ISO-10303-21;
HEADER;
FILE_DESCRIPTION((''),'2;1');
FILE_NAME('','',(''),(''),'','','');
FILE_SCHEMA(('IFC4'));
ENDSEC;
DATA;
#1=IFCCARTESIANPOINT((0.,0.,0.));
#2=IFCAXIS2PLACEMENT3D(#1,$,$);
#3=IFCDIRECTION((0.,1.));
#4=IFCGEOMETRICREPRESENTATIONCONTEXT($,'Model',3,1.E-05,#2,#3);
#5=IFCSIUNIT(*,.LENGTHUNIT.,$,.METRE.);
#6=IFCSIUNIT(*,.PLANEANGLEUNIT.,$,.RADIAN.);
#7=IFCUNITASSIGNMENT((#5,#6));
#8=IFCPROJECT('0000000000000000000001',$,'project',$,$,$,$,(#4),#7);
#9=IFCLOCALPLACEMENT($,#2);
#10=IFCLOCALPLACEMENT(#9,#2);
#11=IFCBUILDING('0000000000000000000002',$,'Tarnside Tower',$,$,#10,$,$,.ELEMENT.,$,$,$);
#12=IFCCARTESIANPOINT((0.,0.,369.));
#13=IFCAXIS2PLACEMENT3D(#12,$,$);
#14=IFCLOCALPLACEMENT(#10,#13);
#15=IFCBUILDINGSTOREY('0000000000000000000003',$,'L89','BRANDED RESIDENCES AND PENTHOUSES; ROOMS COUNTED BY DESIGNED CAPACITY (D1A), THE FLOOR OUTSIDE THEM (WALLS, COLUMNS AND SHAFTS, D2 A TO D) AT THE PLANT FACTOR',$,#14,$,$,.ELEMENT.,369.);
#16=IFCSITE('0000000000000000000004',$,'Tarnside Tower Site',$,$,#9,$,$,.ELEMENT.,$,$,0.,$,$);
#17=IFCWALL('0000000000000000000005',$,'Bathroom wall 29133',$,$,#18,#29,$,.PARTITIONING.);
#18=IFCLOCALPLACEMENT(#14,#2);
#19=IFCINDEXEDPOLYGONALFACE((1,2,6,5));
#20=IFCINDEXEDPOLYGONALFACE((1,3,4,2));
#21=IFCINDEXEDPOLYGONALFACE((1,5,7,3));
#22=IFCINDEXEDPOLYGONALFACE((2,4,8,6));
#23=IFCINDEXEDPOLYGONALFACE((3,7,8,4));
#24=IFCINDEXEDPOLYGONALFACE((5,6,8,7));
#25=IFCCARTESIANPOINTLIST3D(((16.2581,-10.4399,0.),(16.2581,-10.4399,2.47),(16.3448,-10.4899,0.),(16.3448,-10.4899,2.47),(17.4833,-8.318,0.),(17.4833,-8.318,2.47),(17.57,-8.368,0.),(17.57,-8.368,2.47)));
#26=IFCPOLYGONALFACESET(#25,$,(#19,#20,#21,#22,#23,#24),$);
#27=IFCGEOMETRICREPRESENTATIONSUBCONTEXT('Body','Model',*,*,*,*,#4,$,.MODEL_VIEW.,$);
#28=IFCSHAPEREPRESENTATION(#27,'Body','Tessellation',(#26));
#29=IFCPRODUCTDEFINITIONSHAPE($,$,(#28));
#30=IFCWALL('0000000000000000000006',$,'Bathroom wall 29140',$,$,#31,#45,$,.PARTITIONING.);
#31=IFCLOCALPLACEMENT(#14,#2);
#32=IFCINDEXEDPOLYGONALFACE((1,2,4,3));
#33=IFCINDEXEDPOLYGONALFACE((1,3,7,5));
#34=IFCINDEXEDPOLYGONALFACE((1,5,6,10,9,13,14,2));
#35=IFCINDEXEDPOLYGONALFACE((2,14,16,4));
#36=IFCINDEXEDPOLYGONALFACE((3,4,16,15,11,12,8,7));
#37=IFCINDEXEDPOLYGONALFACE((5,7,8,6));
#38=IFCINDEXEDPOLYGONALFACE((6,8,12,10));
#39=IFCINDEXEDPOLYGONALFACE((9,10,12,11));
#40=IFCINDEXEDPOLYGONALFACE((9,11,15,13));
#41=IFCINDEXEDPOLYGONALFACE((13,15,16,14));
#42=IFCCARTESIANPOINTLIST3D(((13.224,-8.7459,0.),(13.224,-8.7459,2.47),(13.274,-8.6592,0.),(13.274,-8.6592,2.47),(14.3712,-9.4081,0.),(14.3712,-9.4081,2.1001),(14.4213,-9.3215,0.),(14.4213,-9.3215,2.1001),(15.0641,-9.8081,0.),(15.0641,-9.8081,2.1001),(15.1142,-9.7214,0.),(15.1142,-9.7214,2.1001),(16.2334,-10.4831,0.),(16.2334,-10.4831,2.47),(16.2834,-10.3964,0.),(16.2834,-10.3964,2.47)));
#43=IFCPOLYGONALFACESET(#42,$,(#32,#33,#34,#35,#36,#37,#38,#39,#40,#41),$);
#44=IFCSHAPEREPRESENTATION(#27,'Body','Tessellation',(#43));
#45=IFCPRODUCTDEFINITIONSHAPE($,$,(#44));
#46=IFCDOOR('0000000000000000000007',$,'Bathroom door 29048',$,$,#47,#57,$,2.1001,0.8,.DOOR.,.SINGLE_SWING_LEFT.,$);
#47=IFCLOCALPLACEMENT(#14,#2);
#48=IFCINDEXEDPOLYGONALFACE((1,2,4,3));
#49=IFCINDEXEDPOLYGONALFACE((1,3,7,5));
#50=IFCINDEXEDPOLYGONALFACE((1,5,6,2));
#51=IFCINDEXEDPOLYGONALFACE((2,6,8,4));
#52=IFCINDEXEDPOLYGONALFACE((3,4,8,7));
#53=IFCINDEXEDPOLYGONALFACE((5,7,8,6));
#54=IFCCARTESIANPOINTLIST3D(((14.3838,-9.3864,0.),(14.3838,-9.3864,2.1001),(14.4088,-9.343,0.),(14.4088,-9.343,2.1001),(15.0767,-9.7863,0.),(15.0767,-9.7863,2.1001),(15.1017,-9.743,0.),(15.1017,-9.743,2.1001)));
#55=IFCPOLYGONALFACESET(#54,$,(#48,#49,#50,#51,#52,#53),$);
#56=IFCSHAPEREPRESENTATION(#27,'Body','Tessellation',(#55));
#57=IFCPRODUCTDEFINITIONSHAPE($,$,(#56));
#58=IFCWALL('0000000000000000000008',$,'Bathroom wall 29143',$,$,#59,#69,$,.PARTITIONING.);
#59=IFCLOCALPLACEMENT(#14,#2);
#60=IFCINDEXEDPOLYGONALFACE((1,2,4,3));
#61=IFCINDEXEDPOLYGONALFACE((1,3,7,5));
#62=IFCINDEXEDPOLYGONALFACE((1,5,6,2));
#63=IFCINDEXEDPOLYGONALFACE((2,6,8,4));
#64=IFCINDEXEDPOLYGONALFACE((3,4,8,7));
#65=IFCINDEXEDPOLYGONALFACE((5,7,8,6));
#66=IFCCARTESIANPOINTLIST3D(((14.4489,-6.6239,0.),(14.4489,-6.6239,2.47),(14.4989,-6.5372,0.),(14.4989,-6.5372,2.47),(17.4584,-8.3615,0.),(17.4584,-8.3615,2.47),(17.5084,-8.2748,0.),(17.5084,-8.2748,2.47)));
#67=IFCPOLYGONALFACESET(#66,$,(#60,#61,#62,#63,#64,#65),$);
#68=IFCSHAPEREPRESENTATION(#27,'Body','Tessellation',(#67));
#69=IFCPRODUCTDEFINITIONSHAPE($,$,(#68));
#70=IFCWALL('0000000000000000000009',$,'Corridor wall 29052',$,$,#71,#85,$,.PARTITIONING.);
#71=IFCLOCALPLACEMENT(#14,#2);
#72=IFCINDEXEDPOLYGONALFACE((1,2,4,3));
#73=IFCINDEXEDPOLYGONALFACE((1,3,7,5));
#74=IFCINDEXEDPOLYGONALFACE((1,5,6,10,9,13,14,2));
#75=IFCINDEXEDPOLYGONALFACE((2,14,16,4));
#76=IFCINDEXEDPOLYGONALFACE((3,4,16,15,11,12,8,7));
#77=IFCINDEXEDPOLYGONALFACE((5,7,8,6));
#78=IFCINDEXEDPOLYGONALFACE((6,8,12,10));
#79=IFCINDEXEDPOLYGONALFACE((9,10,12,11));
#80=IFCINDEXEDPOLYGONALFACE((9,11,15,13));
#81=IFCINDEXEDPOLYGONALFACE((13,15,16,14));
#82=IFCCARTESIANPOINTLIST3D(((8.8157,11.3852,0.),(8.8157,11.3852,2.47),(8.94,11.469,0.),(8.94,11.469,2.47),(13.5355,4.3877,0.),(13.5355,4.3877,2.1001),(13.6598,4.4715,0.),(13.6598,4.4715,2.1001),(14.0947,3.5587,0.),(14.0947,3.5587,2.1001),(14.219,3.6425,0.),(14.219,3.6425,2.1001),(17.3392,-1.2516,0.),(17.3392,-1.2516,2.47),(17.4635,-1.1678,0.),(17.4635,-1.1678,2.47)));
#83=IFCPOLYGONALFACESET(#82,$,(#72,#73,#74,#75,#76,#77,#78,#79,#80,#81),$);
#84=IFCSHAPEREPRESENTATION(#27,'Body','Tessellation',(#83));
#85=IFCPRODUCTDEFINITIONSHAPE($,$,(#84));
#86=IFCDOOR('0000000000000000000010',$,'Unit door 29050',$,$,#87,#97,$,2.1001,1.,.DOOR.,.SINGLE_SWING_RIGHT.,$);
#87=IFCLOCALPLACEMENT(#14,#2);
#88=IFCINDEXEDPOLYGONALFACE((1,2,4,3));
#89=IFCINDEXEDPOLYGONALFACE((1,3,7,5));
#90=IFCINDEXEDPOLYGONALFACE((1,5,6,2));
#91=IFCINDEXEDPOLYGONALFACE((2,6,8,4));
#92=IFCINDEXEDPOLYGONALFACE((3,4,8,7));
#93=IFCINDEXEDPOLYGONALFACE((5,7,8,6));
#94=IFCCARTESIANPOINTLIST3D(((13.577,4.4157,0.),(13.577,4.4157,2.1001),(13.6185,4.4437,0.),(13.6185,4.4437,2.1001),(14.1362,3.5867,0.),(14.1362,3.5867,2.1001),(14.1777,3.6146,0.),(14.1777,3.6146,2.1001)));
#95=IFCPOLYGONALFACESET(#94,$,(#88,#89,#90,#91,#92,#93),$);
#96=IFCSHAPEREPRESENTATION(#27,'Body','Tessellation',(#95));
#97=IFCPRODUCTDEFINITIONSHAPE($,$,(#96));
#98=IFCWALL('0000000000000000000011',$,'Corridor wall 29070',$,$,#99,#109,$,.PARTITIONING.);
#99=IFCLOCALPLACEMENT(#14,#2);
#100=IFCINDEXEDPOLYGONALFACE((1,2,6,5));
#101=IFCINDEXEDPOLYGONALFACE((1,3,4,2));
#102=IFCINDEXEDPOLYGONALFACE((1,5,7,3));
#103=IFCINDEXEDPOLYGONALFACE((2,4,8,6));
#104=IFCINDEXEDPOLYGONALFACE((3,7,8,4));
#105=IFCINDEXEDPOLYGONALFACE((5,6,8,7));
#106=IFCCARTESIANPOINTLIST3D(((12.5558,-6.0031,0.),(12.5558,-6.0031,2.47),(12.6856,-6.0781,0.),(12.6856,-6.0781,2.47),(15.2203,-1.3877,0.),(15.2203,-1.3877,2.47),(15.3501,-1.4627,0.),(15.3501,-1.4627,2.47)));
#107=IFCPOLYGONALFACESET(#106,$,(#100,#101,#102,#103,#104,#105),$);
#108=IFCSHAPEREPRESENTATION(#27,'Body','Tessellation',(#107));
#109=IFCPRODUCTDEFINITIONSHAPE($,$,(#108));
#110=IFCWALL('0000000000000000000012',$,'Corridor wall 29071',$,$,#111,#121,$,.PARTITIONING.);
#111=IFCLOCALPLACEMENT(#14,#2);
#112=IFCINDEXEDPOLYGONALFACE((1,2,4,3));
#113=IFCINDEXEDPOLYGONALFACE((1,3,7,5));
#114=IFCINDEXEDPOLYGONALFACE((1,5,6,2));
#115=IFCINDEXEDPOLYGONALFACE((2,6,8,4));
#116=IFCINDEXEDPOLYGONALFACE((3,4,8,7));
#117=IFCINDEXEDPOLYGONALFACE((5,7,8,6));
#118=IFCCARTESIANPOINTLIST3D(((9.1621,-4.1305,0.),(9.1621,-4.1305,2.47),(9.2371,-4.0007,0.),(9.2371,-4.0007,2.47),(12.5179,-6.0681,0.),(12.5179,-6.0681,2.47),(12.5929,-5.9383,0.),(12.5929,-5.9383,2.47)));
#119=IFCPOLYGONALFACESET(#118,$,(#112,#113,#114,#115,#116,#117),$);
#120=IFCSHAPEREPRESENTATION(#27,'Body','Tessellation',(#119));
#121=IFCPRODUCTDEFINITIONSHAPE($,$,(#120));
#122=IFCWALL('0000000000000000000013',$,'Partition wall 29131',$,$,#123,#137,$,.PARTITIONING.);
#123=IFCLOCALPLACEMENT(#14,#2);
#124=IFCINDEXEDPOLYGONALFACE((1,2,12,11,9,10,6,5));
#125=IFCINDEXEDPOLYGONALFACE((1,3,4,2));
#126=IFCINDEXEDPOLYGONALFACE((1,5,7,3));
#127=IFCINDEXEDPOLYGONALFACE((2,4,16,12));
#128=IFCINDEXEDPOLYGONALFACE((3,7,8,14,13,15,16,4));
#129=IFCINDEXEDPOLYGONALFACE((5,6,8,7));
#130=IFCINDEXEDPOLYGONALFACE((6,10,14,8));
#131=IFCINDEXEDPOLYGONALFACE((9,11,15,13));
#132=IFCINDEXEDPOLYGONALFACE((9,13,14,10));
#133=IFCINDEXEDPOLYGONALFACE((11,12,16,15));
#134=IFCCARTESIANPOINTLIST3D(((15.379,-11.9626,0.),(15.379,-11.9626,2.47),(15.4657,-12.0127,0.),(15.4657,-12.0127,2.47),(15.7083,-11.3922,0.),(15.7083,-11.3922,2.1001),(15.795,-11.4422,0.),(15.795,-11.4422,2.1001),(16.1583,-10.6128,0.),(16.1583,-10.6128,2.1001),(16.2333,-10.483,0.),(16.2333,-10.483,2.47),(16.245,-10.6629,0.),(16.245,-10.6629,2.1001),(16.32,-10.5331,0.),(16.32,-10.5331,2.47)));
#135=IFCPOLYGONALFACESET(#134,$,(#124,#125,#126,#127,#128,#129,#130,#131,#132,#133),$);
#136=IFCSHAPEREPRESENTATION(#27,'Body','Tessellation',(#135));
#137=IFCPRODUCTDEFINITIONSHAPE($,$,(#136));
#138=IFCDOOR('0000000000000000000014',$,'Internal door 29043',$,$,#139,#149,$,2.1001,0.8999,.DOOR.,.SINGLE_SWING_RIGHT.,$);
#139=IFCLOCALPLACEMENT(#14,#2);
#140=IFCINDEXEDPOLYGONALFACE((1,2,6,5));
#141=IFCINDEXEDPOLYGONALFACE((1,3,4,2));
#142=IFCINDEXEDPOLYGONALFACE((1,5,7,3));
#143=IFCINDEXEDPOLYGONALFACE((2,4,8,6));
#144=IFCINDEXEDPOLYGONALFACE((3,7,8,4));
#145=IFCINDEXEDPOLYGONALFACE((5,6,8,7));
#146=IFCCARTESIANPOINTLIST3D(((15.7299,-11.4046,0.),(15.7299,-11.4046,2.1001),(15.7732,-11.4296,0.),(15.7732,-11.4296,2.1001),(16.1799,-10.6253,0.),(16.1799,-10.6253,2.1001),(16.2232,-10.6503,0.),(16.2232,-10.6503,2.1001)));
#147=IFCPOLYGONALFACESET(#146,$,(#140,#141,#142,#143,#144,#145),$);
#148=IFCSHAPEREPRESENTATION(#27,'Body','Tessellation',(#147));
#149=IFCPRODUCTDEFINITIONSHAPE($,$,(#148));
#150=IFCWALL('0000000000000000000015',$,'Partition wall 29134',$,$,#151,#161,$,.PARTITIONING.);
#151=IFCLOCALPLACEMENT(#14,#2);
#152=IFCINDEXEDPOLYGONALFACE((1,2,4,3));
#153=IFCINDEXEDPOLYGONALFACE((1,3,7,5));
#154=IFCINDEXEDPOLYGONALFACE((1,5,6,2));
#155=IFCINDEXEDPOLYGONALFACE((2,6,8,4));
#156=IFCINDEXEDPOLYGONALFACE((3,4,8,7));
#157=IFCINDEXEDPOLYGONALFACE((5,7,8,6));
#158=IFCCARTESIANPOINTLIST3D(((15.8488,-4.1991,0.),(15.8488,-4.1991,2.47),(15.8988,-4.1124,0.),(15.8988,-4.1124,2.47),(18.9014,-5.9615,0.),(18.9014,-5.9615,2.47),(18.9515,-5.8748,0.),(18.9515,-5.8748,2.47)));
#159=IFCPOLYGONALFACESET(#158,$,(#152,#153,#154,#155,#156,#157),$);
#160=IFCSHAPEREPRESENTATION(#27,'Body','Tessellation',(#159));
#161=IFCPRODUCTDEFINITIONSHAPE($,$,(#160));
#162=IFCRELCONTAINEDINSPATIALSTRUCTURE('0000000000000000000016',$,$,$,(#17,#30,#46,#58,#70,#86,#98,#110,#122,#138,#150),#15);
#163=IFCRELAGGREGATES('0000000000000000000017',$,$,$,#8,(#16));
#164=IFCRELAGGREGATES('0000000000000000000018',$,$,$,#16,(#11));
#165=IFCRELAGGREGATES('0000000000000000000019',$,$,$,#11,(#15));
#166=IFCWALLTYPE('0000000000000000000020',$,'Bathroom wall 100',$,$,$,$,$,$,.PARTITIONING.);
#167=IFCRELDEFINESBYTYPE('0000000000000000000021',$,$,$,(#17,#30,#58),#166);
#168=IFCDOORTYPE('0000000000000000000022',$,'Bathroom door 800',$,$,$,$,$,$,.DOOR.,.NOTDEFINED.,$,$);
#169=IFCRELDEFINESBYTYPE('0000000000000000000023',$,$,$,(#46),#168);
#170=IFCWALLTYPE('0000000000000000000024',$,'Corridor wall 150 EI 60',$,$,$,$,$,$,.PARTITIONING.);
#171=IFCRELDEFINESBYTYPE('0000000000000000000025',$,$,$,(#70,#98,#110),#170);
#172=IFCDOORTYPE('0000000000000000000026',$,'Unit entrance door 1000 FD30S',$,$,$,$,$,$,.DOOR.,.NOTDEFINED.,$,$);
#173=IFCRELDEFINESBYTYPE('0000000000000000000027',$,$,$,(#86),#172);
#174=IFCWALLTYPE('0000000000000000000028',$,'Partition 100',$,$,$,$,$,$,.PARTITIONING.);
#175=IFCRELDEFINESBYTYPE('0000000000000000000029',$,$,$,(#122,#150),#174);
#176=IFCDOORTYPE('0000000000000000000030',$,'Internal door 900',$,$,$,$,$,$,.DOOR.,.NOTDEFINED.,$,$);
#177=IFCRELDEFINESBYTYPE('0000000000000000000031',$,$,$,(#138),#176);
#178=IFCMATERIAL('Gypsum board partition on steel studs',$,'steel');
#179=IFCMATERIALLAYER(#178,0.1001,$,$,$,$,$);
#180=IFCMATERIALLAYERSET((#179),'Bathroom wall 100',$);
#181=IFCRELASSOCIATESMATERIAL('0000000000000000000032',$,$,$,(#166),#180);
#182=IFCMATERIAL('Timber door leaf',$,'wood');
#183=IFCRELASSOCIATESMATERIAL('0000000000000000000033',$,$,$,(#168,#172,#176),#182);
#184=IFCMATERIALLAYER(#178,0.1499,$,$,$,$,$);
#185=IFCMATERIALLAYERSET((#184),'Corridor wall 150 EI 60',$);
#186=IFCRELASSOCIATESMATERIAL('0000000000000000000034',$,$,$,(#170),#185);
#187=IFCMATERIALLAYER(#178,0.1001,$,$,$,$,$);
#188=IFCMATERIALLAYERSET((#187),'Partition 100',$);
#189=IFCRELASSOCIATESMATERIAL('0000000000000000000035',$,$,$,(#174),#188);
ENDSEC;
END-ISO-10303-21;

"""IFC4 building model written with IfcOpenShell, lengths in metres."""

from ifc_helpers import new_model, si_unit, direction, frame, frame_2d, origin, place, context, subcontext, project, spatial, rectangle, extrude, material, layer, layer_set, type_object, element, fill, save


model = new_model("IFC4")

# Units and contexts
model_context = context("Model", 3, precision=1e-05, world=origin(), true_north=direction((0.0, 1.0)))
body_context = subcontext(model_context, "Body", "Model", "MODEL_VIEW")
ifc_project = project(units=[si_unit("LENGTHUNIT", "METRE"), si_unit("PLANEANGLEUNIT", "RADIAN")], contexts=[model_context])

# Site, building, storey
site_placement = place(None, origin())
site = spatial("IfcSite", under=ifc_project, at=site_placement, Name="Tarnside Tower Site", CompositionType="ELEMENT", RefElevation=0.0)
building_placement = place(site_placement, origin())
building = spatial("IfcBuilding", under=site, at=building_placement, Name="Tarnside Tower", CompositionType="ELEMENT")
storey_placement = place(building_placement, frame((0.0, 0.0, 369.0)))
storey = spatial("IfcBuildingStorey", under=building, at=storey_placement, Name="L89", Description="BRANDED RESIDENCES AND PENTHOUSES; ROOMS COUNTED BY DESIGNED CAPACITY (D1A), THE FLOOR OUTSIDE THEM (WALLS, COLUMNS AND SHAFTS, D2 A TO D) AT THE PLANT FACTOR", CompositionType="ELEMENT", Elevation=369.0)

# Wall
ifc_material_1 = material(Name="Gypsum board partition on steel studs", Category="steel")
ifc_layer_1 = layer(ifc_material_1, 0.1001)
ifc_layer_set_1 = layer_set([ifc_layer_1], Name="Bathroom wall 100")
wall_type_1 = type_object("IfcWallType", Name="Bathroom wall 100", PredefinedType="PARTITIONING", material=ifc_layer_set_1)
wall_1_placement = place(storey_placement, frame((17.5266, -8.343, 0.0), z_axis=(0.0, 0.0, 1.0), x_axis=(-0.500019, -0.866015, 0.0)))
element("IfcWall", 1, at=wall_1_placement, inside=storey, type_object=wall_type_1, Name="Bathroom wall 29133", PredefinedType="PARTITIONING", context=body_context, shape_type="SweptSolid", body=[
    extrude(rectangle(XDim=2.4502, YDim=0.1001, at=frame_2d((1.2251, 0.0))), origin(), (0.0, 0.0, 1.0), 2.47),
])

# Wall, opening, door
wall_2_placement = place(storey_placement, frame((16.2583, -10.4397, 0.0), z_axis=(0.0, 0.0, 1.0), x_axis=(-0.866056, 0.499947, 0.0)))
wall_2 = element("IfcWall", 2, at=wall_2_placement, inside=storey, type_object=wall_type_1, Name="Bathroom wall 29140", PredefinedType="PARTITIONING", context=body_context, shape_type="SweptSolid", body=[
    extrude(rectangle(XDim=3.4749, YDim=0.1001, at=frame_2d((1.7373, 0.0))), origin(), (0.0, 0.0, 1.0), 2.47),
])
opening_1_placement = place(wall_2_placement, frame((1.3501, 0.0, 0.0)))
opening_1 = element("IfcOpeningElement", 3, at=opening_1_placement, cuts=wall_2, PredefinedType="OPENING", context=body_context, shape_type="SweptSolid", body=[
    extrude(rectangle(XDim=0.8, YDim=2.1001, at=frame_2d((0.3999, 1.05))), frame((0.0, 0.0601, 0.0), z_axis=(0.0, -1.0, 0.0), x_axis=(1.0, 0.0, 0.0)), (0.0, 0.0, 1.0), 0.1201),
])
ifc_material_2 = material(Name="Timber door leaf", Category="wood")
door_type_1 = type_object("IfcDoorType", Name="Bathroom door 800", OperationType="NOTDEFINED", PredefinedType="DOOR", material=ifc_material_2)
door_1_placement = place(opening_1_placement, origin())
door_1 = element("IfcDoor", 4, at=door_1_placement, inside=storey, type_object=door_type_1, Name="Bathroom door 29048", OperationType="SINGLE_SWING_LEFT", OverallHeight=2.1001, OverallWidth=0.8, PredefinedType="DOOR", context=body_context, shape_type="SweptSolid", body=[
    extrude(rectangle(XDim=0.8, YDim=2.1001, at=frame_2d((0.3999, 1.05))), frame((0.0, 0.0249, 0.0), z_axis=(0.0, -1.0, 0.0), x_axis=(1.0, 0.0, 0.0)), (0.0, 0.0, 1.0), 0.05),
])
fill(opening_1, door_1)

# Wall
wall_3_placement = place(storey_placement, frame((17.4834, -8.3181, 0.0), z_axis=(0.0, 0.0, 1.0), x_axis=(-0.866025, 0.5, 0.0)))
element("IfcWall", 5, at=wall_3_placement, inside=storey, type_object=wall_type_1, Name="Bathroom wall 29143", PredefinedType="PARTITIONING", context=body_context, shape_type="SweptSolid", body=[
    extrude(rectangle(XDim=3.4751, YDim=0.1001, at=frame_2d((1.7375, 0.0))), origin(), (0.0, 0.0, 1.0), 2.47),
])

# Wall, opening, door
ifc_layer_2 = layer(ifc_material_1, 0.1499)
ifc_layer_set_2 = layer_set([ifc_layer_2], Name="Corridor wall 150 EI 60")
wall_type_2 = type_object("IfcWallType", Name="Corridor wall 150 EI 60", PredefinedType="PARTITIONING", material=ifc_layer_set_2)
wall_4_placement = place(storey_placement, frame((17.4014, -1.2097, 0.0), z_axis=(0.0, 0.0, 1.0), x_axis=(-0.559187, 0.829042, 0.0)))
wall_4 = element("IfcWall", 6, at=wall_4_placement, inside=storey, type_object=wall_type_2, Name="Corridor wall 29052", PredefinedType="PARTITIONING", context=body_context, shape_type="SweptSolid", body=[
    extrude(rectangle(XDim=15.2427, YDim=0.1499, at=frame_2d((7.6213, 0.0))), origin(), (0.0, 0.0, 1.0), 2.47),
])
opening_2_placement = place(wall_4_placement, frame((5.8022, 0.0, 0.0)))
opening_2 = element("IfcOpeningElement", 7, at=opening_2_placement, cuts=wall_4, PredefinedType="OPENING", context=body_context, shape_type="SweptSolid", body=[
    extrude(rectangle(XDim=1.0, YDim=2.1001, at=frame_2d((0.5, 1.05))), frame((0.0, 0.085, 0.0), z_axis=(0.0, -1.0, 0.0), x_axis=(1.0, 0.0, 0.0)), (0.0, 0.0, 1.0), 0.1699),
])
door_type_2 = type_object("IfcDoorType", Name="Unit entrance door 1000 FD30S", OperationType="NOTDEFINED", PredefinedType="DOOR", material=ifc_material_2)
door_2_placement = place(opening_2_placement, origin())
door_2 = element("IfcDoor", 8, at=door_2_placement, inside=storey, type_object=door_type_2, Name="Unit door 29050", OperationType="SINGLE_SWING_RIGHT", OverallHeight=2.1001, OverallWidth=1.0, PredefinedType="DOOR", context=body_context, shape_type="SweptSolid", body=[
    extrude(rectangle(XDim=1.0, YDim=2.1001, at=frame_2d((0.5, 1.05))), frame((0.0, 0.0249, 0.0), z_axis=(0.0, -1.0, 0.0), x_axis=(1.0, 0.0, 0.0)), (0.0, 0.0, 1.0), 0.05),
])
fill(opening_2, door_2)

# Walls
wall_5_placement = place(storey_placement, frame((15.2852, -1.4253, 0.0), z_axis=(0.0, 0.0, 1.0), x_axis=(-0.499972, -0.866041, 0.0)))
element("IfcWall", 9, at=wall_5_placement, inside=storey, type_object=wall_type_2, Name="Corridor wall 29070", PredefinedType="PARTITIONING", context=body_context, shape_type="SweptSolid", body=[
    extrude(rectangle(XDim=5.3293, YDim=0.1499, at=frame_2d((2.6646, 0.0))), origin(), (0.0, 0.0, 1.0), 2.47),
])
wall_6_placement = place(storey_placement, frame((12.5554, -6.0032, 0.0), z_axis=(0.0, 0.0, 1.0), x_axis=(-0.866017, 0.500015, 0.0)))
element("IfcWall", 10, at=wall_6_placement, inside=storey, type_object=wall_type_2, Name="Corridor wall 29071", PredefinedType="PARTITIONING", context=body_context, shape_type="SweptSolid", body=[
    extrude(rectangle(XDim=3.875, YDim=0.1499, at=frame_2d((1.9375, 0.0))), origin(), (0.0, 0.0, 1.0), 2.47),
])

# Wall, opening, door
ifc_layer_3 = layer(ifc_material_1, 0.1001)
ifc_layer_set_3 = layer_set([ifc_layer_3], Name="Partition 100")
wall_type_3 = type_object("IfcWallType", Name="Partition 100", PredefinedType="PARTITIONING", material=ifc_layer_set_3)
wall_7_placement = place(storey_placement, frame((16.2766, -10.5081, 0.0), z_axis=(0.0, 0.0, 1.0), x_axis=(-0.500028, -0.866009, 0.0)))
wall_7 = element("IfcWall", 11, at=wall_7_placement, inside=storey, type_object=wall_type_3, Name="Partition wall 29131", PredefinedType="PARTITIONING", context=body_context, shape_type="SweptSolid", body=[
    extrude(rectangle(XDim=1.7085, YDim=0.1001, at=frame_2d((0.8542, 0.0))), origin(), (0.0, 0.0, 1.0), 2.47),
])
opening_3_placement = place(wall_7_placement, frame((0.1499, 0.0, 0.0)))
opening_3 = element("IfcOpeningElement", 12, at=opening_3_placement, cuts=wall_7, PredefinedType="OPENING", context=body_context, shape_type="SweptSolid", body=[
    extrude(rectangle(XDim=0.8999, YDim=2.1001, at=frame_2d((0.45, 1.05))), frame((0.0, 0.0601, 0.0), z_axis=(0.0, -1.0, 0.0), x_axis=(1.0, 0.0, 0.0)), (0.0, 0.0, 1.0), 0.1201),
])
door_type_3 = type_object("IfcDoorType", Name="Internal door 900", OperationType="NOTDEFINED", PredefinedType="DOOR", material=ifc_material_2)
door_3_placement = place(opening_3_placement, origin())
door_3 = element("IfcDoor", 13, at=door_3_placement, inside=storey, type_object=door_type_3, Name="Internal door 29043", OperationType="SINGLE_SWING_RIGHT", OverallHeight=2.1001, OverallWidth=0.8999, PredefinedType="DOOR", context=body_context, shape_type="SweptSolid", body=[
    extrude(rectangle(XDim=0.8999, YDim=2.1001, at=frame_2d((0.45, 1.05))), frame((0.0, 0.0249, 0.0), z_axis=(0.0, -1.0, 0.0), x_axis=(1.0, 0.0, 0.0)), (0.0, 0.0, 1.0), 0.05),
])
fill(opening_3, door_3)

# Wall
wall_8_placement = place(storey_placement, frame((15.8738, -4.1558, 0.0), z_axis=(0.0, 0.0, 1.0), x_axis=(0.866031, -0.49999, 0.0)))
element("IfcWall", 14, at=wall_8_placement, inside=storey, type_object=wall_type_3, Name="Partition wall 29134", PredefinedType="PARTITIONING", context=body_context, shape_type="SweptSolid", body=[
    extrude(rectangle(XDim=3.5249, YDim=0.1001, at=frame_2d((1.7625, 0.0))), origin(), (0.0, 0.0, 1.0), 2.47),
])

save(model, "model.ifc")
